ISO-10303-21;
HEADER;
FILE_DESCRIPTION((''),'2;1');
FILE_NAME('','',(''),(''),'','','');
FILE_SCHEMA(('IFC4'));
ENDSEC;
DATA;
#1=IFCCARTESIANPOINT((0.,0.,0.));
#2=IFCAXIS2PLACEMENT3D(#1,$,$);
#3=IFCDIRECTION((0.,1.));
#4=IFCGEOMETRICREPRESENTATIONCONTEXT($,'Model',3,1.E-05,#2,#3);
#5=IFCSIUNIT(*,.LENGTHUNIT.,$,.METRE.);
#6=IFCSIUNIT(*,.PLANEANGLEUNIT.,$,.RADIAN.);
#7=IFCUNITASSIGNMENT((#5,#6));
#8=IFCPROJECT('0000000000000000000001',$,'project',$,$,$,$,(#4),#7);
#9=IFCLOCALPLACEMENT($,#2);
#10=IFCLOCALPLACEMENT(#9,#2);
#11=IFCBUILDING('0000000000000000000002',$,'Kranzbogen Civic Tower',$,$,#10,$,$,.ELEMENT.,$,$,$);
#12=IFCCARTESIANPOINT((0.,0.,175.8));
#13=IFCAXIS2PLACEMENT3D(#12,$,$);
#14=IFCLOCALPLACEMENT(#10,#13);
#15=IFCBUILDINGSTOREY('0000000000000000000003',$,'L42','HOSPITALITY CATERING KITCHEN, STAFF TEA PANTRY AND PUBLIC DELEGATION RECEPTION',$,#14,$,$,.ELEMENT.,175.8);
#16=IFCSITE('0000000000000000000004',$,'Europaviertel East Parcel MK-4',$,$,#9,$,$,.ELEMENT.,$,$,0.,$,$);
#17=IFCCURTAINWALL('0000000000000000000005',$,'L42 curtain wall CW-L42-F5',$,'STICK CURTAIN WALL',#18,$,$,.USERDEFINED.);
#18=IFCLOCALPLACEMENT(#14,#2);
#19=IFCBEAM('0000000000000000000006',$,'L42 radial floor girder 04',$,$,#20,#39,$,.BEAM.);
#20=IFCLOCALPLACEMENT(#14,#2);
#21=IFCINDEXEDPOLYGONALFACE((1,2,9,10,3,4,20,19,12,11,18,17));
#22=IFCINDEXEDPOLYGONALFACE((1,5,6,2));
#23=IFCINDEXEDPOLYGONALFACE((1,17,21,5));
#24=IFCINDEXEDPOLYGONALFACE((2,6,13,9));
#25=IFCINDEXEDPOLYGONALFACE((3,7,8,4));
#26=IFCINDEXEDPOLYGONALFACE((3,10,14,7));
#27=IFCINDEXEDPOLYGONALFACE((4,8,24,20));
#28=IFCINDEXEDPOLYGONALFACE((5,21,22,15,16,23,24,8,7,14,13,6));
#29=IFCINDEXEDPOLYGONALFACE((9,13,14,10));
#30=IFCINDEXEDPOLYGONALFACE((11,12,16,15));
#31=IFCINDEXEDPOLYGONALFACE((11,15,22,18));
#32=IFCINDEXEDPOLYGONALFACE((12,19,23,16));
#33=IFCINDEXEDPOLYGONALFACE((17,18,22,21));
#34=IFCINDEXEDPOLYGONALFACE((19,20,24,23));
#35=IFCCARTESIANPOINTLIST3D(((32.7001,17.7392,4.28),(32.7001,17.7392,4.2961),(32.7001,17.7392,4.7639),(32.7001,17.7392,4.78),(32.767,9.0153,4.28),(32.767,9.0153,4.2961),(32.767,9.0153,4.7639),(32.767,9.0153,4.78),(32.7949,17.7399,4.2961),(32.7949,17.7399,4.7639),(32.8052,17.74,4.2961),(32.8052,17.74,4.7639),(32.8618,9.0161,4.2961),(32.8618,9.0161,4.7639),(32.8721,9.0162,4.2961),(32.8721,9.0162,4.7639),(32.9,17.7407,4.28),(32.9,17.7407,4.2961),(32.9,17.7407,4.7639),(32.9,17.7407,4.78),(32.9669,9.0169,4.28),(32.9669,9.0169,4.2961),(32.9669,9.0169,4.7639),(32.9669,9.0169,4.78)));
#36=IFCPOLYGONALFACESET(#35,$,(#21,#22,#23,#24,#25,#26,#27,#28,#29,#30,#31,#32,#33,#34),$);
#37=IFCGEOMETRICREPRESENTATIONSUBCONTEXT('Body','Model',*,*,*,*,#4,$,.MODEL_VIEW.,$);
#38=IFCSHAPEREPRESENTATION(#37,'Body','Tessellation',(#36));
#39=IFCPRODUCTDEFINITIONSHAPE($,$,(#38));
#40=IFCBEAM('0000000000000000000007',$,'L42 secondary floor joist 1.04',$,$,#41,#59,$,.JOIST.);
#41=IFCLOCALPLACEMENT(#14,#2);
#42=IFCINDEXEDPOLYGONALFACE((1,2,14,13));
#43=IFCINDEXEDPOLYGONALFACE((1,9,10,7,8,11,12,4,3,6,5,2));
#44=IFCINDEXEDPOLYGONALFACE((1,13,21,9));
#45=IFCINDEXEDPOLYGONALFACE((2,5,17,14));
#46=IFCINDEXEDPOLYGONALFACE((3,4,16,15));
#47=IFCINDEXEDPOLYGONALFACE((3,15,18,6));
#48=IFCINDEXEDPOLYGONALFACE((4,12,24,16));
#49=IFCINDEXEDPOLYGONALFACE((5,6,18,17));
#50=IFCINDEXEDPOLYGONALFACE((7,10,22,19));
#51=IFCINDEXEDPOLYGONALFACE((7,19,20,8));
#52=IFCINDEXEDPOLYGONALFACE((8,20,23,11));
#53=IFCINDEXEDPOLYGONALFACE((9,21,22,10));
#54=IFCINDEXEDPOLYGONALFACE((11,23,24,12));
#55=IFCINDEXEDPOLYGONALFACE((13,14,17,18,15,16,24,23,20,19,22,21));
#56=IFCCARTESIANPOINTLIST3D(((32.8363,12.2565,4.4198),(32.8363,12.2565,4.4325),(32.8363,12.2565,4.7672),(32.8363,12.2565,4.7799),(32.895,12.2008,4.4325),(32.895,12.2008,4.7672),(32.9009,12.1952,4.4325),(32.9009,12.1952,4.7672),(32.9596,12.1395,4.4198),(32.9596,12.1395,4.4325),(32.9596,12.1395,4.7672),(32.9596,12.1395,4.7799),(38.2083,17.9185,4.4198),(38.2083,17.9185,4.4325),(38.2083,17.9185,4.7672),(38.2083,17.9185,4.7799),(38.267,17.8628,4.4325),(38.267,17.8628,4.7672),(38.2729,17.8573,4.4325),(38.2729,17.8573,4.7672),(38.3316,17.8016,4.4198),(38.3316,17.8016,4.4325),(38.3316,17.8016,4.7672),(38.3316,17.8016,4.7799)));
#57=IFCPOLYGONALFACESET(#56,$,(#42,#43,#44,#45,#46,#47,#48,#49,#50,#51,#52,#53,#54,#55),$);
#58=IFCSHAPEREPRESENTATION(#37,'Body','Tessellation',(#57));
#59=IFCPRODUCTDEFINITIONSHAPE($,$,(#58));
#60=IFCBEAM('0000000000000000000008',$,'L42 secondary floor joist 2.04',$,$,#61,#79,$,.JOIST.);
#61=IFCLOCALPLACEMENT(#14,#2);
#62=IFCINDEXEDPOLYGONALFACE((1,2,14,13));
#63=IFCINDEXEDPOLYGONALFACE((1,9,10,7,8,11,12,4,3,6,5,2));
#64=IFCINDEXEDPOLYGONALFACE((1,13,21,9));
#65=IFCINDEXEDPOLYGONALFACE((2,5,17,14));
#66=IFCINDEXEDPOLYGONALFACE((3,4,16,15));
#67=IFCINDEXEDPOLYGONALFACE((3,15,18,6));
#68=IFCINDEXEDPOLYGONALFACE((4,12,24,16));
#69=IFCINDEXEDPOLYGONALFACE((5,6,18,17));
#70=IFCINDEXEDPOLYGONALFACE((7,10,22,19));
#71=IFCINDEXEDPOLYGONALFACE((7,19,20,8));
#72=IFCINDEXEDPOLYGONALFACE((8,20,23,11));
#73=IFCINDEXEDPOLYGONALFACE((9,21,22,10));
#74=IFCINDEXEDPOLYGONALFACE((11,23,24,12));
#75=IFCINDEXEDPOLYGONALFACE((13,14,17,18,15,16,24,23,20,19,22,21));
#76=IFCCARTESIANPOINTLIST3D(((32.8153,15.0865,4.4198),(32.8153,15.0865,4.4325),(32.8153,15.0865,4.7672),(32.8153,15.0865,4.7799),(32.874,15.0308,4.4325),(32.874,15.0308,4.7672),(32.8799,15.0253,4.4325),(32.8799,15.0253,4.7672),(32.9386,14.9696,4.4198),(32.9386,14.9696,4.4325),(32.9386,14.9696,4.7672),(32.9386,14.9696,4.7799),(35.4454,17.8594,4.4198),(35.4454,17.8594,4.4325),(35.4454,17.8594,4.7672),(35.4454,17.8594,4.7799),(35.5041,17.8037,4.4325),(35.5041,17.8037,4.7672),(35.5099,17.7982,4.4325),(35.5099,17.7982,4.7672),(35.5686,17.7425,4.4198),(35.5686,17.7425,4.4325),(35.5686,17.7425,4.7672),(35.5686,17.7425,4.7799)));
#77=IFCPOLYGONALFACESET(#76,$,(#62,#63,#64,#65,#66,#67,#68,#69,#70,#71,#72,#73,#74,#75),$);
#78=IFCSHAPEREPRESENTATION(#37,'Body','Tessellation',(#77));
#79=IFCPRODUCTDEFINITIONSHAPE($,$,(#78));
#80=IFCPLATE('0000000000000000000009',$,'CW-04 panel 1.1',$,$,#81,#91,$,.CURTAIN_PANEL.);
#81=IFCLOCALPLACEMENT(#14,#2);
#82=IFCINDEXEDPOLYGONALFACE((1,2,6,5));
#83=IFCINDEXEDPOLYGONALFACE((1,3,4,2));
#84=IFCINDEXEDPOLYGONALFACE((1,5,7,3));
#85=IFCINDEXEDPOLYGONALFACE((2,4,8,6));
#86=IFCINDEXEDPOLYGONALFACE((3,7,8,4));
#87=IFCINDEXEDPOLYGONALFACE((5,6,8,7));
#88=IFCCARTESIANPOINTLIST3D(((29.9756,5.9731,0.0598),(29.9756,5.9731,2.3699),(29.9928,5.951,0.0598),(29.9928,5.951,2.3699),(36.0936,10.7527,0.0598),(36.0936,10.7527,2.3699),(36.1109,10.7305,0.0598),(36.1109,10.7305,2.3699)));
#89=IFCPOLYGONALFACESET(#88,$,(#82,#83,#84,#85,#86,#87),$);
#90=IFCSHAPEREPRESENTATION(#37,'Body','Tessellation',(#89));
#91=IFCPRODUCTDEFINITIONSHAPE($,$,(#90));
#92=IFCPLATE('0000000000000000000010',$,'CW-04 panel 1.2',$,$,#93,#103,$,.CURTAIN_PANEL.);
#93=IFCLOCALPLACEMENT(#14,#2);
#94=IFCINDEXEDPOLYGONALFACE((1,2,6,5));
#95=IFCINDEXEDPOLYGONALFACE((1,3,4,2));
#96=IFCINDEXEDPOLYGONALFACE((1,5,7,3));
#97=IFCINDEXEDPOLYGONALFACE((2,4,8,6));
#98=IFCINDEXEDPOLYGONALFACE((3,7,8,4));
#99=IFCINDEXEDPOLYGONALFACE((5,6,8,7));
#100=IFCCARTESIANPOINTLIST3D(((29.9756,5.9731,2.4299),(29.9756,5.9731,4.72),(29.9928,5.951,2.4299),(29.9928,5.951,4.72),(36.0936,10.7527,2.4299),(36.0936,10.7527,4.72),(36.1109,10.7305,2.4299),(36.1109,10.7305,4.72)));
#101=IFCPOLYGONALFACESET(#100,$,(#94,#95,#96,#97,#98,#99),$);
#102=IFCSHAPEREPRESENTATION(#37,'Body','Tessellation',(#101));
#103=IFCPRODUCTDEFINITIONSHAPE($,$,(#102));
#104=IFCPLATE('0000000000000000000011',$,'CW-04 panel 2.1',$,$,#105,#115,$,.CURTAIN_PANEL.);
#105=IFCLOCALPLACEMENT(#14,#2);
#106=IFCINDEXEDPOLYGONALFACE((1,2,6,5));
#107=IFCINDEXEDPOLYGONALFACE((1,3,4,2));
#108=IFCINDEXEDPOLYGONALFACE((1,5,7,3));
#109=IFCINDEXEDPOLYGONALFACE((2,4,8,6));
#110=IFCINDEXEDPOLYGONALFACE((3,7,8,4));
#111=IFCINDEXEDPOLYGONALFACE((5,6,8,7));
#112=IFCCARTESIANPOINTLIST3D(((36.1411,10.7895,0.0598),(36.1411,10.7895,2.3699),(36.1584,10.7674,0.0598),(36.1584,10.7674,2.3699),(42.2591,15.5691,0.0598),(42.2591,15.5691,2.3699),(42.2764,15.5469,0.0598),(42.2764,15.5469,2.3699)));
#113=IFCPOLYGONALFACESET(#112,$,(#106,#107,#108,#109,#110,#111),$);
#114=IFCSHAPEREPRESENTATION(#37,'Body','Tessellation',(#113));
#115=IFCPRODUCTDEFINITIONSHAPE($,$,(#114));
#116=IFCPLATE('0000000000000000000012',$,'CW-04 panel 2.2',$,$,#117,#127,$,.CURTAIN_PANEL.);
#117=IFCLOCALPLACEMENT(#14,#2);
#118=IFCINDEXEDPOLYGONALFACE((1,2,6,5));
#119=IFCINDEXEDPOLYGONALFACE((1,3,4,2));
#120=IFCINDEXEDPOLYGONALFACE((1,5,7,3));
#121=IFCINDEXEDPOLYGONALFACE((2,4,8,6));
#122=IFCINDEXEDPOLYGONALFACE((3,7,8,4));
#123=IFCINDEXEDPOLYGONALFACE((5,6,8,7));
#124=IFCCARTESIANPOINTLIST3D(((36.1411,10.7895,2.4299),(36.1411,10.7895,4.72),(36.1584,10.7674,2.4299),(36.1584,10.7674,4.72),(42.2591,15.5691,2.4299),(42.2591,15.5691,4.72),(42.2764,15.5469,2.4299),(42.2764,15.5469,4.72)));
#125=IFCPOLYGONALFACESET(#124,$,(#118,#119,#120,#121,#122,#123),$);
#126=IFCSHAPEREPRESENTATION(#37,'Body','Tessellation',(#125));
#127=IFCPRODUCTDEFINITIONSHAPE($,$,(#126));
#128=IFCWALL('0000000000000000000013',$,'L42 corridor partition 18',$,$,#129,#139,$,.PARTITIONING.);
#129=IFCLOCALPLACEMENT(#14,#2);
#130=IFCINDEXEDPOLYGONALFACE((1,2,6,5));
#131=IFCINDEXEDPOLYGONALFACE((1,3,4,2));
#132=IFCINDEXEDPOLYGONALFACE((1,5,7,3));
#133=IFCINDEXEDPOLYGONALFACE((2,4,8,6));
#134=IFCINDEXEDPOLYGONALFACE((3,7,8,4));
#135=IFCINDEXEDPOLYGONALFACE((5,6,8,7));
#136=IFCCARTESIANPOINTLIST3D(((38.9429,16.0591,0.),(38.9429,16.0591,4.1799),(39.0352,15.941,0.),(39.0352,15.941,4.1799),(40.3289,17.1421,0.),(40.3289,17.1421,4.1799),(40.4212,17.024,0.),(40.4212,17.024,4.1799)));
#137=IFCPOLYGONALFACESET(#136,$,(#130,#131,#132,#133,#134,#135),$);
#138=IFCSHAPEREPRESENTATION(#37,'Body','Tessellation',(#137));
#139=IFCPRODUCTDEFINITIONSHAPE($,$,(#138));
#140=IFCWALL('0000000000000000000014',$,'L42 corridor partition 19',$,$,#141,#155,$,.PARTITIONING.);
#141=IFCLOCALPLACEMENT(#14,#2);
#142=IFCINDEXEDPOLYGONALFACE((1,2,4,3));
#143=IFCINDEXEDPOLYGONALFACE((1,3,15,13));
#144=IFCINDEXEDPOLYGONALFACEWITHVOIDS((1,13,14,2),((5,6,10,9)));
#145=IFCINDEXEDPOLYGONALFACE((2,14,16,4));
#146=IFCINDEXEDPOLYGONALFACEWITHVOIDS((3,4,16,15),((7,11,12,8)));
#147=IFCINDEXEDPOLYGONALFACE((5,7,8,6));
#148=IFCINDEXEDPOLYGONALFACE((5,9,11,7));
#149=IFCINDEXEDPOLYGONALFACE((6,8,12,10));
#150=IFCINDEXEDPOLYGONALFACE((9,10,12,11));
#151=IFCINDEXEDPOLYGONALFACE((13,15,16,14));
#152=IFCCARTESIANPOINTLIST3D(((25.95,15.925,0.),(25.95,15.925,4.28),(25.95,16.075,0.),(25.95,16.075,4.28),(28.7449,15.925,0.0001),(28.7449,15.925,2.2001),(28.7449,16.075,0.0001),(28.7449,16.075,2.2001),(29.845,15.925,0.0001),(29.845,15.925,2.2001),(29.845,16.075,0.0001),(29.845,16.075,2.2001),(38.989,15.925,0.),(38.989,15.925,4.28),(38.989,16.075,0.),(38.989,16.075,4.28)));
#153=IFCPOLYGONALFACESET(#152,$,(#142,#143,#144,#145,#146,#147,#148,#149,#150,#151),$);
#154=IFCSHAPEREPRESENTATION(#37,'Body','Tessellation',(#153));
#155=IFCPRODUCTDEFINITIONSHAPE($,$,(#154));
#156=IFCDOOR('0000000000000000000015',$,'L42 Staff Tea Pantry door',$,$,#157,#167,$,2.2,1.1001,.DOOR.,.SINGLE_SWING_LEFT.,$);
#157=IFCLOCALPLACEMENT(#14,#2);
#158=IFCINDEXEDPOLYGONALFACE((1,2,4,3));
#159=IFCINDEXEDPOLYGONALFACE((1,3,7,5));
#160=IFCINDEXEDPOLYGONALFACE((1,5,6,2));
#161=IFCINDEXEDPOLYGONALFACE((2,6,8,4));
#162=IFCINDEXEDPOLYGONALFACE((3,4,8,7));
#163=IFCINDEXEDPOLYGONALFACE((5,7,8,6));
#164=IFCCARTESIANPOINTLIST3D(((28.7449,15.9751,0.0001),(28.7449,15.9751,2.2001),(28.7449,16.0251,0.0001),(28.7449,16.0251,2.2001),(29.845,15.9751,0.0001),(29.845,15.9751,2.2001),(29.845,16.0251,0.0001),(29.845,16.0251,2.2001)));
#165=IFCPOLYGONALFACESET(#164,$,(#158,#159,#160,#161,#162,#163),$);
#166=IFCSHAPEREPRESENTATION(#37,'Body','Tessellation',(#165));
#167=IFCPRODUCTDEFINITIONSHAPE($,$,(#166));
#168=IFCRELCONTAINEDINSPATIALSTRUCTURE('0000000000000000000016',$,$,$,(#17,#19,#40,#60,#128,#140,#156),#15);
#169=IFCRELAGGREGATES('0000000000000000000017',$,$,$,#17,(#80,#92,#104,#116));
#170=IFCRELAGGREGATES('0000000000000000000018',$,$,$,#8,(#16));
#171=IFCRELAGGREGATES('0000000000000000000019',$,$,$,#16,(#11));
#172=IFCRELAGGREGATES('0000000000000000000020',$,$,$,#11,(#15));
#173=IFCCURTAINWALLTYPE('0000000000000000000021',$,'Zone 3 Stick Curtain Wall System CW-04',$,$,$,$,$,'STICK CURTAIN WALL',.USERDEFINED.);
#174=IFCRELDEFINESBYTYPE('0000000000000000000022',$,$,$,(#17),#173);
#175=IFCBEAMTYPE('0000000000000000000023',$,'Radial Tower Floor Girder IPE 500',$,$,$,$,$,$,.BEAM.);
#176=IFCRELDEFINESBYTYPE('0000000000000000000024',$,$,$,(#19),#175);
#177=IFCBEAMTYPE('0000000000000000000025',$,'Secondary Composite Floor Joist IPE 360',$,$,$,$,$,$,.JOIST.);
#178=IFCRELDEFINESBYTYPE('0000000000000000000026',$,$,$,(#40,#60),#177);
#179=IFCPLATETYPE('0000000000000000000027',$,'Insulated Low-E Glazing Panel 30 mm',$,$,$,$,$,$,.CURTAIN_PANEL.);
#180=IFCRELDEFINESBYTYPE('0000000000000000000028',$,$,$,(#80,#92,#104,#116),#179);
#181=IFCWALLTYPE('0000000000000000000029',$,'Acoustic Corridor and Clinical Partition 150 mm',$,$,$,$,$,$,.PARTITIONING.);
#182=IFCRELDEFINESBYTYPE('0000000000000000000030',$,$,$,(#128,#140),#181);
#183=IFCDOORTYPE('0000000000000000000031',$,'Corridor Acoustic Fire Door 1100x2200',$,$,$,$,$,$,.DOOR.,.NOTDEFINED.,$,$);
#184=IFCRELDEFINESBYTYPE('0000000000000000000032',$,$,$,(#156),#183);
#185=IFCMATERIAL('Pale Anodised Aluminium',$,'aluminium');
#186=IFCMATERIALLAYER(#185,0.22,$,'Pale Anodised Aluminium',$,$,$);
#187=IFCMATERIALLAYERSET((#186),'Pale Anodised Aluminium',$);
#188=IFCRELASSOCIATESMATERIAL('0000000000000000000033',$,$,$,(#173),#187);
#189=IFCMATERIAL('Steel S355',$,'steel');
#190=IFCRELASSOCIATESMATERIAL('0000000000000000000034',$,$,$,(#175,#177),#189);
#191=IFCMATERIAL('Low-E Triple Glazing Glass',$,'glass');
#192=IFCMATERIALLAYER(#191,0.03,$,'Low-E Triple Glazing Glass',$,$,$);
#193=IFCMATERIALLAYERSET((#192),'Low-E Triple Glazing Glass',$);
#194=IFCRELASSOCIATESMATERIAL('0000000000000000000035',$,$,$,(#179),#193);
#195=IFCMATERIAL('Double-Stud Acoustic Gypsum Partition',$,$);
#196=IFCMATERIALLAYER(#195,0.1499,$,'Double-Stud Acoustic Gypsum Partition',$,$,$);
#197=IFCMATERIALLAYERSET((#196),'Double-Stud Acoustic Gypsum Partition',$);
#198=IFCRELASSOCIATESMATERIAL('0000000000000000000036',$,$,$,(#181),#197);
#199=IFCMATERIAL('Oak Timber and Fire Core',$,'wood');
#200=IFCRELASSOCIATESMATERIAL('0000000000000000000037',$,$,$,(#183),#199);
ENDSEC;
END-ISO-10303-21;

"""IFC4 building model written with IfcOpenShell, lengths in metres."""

from ifc_helpers import new_model, si_unit, direction, frame, frame_2d, origin, origin_2d, place, context, subcontext, project, spatial, rectangle, i_section, extrude, material, layer, layer_set, material_profile, profile_set, type_object, element, fill, aggregate, save


model = new_model("IFC4")

# Units and contexts
model_context = context("Model", 3, precision=1e-05, world=origin(), true_north=direction((0.0, 1.0)))
body_context = subcontext(model_context, "Body", "Model", "MODEL_VIEW")
ifc_project = project(units=[si_unit("LENGTHUNIT", "METRE"), si_unit("PLANEANGLEUNIT", "RADIAN")], contexts=[model_context])

# Site, building, storey
site_placement = place(None, origin())
site = spatial("IfcSite", under=ifc_project, at=site_placement, Name="Europaviertel East Parcel MK-4", CompositionType="ELEMENT", RefElevation=0.0)
building_placement = place(site_placement, origin())
building = spatial("IfcBuilding", under=site, at=building_placement, Name="Kranzbogen Civic Tower", CompositionType="ELEMENT")
storey_placement = place(building_placement, frame((0.0, 0.0, 175.8)))
storey = spatial("IfcBuildingStorey", under=building, at=storey_placement, Name="L42", Description="HOSPITALITY CATERING KITCHEN, STAFF TEA PANTRY AND PUBLIC DELEGATION RECEPTION", CompositionType="ELEMENT", Elevation=175.8)

# Shared definitions
ifc_material_1 = material(Name="Steel S355", Category="steel")

# Shared definitions
ifc_material_2 = material(Name="Pale Anodised Aluminium", Category="aluminium")

# Curtain wall
ifc_layer_1 = layer(ifc_material_2, 0.22, Name="Pale Anodised Aluminium")
ifc_layer_set_1 = layer_set([ifc_layer_1], Name="Pale Anodised Aluminium")
curtain_wall_type_1 = type_object("IfcCurtainWallType", Name="Zone 3 Stick Curtain Wall System CW-04", ElementType="STICK CURTAIN WALL", PredefinedType="USERDEFINED", material=ifc_layer_set_1)
curtain_wall_1_placement = place(storey_placement, origin())
curtain_wall_1 = element("IfcCurtainWall", 1, at=curtain_wall_1_placement, inside=storey, type_object=curtain_wall_type_1, Name="L42 curtain wall CW-L42-F5", ObjectType="STICK CURTAIN WALL", PredefinedType="USERDEFINED")

# Beams
ifc_material_profile_1 = material_profile(ifc_material_1, i_section(OverallWidth=0.2, OverallDepth=0.5, WebThickness=0.0103, FlangeThickness=0.0161, at=origin_2d()), Name="IPE 500")
ifc_profile_set_1 = profile_set([ifc_material_profile_1], Name="Steel S355")
beam_type_1 = type_object("IfcBeamType", Name="Radial Tower Floor Girder IPE 500", PredefinedType="BEAM", material=ifc_profile_set_1)
beam_1_placement = place(storey_placement, frame((32.8669, 9.0161, 4.53), z_axis=(-0.007668, 0.999971, 0.0), x_axis=(-0.999971, -0.007668, 0.0)))
element("IfcBeam", 2, at=beam_1_placement, inside=storey, type_object=beam_type_1, Name="L42 radial floor girder 04", PredefinedType="BEAM", context=body_context, shape_type="SweptSolid", body=[
    extrude(i_section(OverallWidth=0.2, OverallDepth=0.5, WebThickness=0.0103, FlangeThickness=0.0161, at=origin_2d()), origin(), (0.0, 0.0, 1.0), 8.7241),
])
ifc_material_profile_2 = material_profile(ifc_material_1, i_section(OverallWidth=0.1699, OverallDepth=0.3601, WebThickness=0.0081, FlangeThickness=0.0127, at=origin_2d()), Name="IPE 360")
ifc_profile_set_2 = profile_set([ifc_material_profile_2], Name="Steel S355")
beam_type_2 = type_object("IfcBeamType", Name="Secondary Composite Floor Joist IPE 360", PredefinedType="JOIST", material=ifc_profile_set_2)
beam_2_placement = place(storey_placement, frame((32.8979, 12.198, 4.5999), z_axis=(0.688282, 0.725443, 0.0), x_axis=(-0.725443, 0.688282, 0.0)))
element("IfcBeam", 3, at=beam_2_placement, inside=storey, type_object=beam_type_2, Name="L42 secondary floor joist 1.04", PredefinedType="JOIST", context=body_context, shape_type="SweptSolid", body=[
    extrude(i_section(OverallWidth=0.1699, OverallDepth=0.3601, WebThickness=0.0081, FlangeThickness=0.0127, at=origin_2d()), origin(), (0.0, 0.0, 1.0), 7.8049),
])
beam_3_placement = place(storey_placement, frame((32.877, 15.0281, 4.5999), z_axis=(0.688175, 0.725545, 0.0), x_axis=(-0.725545, 0.688175, 0.0)))
element("IfcBeam", 4, at=beam_3_placement, inside=storey, type_object=beam_type_2, Name="L42 secondary floor joist 2.04", PredefinedType="JOIST", context=body_context, shape_type="SweptSolid", body=[
    extrude(i_section(OverallWidth=0.1699, OverallDepth=0.3601, WebThickness=0.0081, FlangeThickness=0.0127, at=origin_2d()), origin(), (0.0, 0.0, 1.0), 3.8218),
])

# Plates
ifc_material_3 = material(Name="Low-E Triple Glazing Glass", Category="glass")
ifc_layer_2 = layer(ifc_material_3, 0.03, Name="Low-E Triple Glazing Glass")
ifc_layer_set_2 = layer_set([ifc_layer_2], Name="Low-E Triple Glazing Glass")
plate_type = type_object("IfcPlateType", Name="Insulated Low-E Glazing Panel 30 mm", PredefinedType="CURTAIN_PANEL", material=ifc_layer_set_2)
plate_1_placement = place(storey_placement, frame((33.0432, 8.3518, 0.0598), z_axis=(0.0, 0.0, 1.0), x_axis=(0.788034, 0.615632, 0.0)))
plate_1 = element("IfcPlate", 5, at=plate_1_placement, type_object=plate_type, Name="CW-04 panel 1.1", PredefinedType="CURTAIN_PANEL", context=body_context, shape_type="SweptSolid", body=[
    extrude(rectangle(XDim=7.7637, YDim=0.0281, at=origin_2d()), origin(), (0.0, 0.0, 1.0), 2.3101),
])
plate_2_placement = place(storey_placement, frame((33.0432, 8.3518, 2.4299), z_axis=(0.0, 0.0, 1.0), x_axis=(0.788034, 0.615632, 0.0)))
plate_2 = element("IfcPlate", 6, at=plate_2_placement, type_object=plate_type, Name="CW-04 panel 1.2", PredefinedType="CURTAIN_PANEL", context=body_context, shape_type="SweptSolid", body=[
    extrude(rectangle(XDim=7.7637, YDim=0.0281, at=origin_2d()), origin(), (0.0, 0.0, 1.0), 2.29),
])
plate_3_placement = place(storey_placement, frame((39.2087, 13.1682, 0.0598), z_axis=(0.0, 0.0, 1.0), x_axis=(0.788034, 0.615632, 0.0)))
plate_3 = element("IfcPlate", 7, at=plate_3_placement, type_object=plate_type, Name="CW-04 panel 2.1", PredefinedType="CURTAIN_PANEL", context=body_context, shape_type="SweptSolid", body=[
    extrude(rectangle(XDim=7.7637, YDim=0.0281, at=origin_2d()), origin(), (0.0, 0.0, 1.0), 2.3101),
])
plate_4_placement = place(storey_placement, frame((39.2087, 13.1682, 2.4299), z_axis=(0.0, 0.0, 1.0), x_axis=(0.788034, 0.615632, 0.0)))
plate_4 = element("IfcPlate", 8, at=plate_4_placement, type_object=plate_type, Name="CW-04 panel 2.2", PredefinedType="CURTAIN_PANEL", context=body_context, shape_type="SweptSolid", body=[
    extrude(rectangle(XDim=7.7637, YDim=0.0281, at=origin_2d()), origin(), (0.0, 0.0, 1.0), 2.29),
])
aggregate(curtain_wall_1, [plate_1, plate_2, plate_3, plate_4])

# Wall
ifc_material_4 = material(Name="Double-Stud Acoustic Gypsum Partition")
ifc_layer_3 = layer(ifc_material_4, 0.1499, Name="Double-Stud Acoustic Gypsum Partition")
ifc_layer_set_3 = layer_set([ifc_layer_3], Name="Double-Stud Acoustic Gypsum Partition")
wall_type = type_object("IfcWallType", Name="Acoustic Corridor and Clinical Partition 150 mm", PredefinedType="PARTITIONING", material=ifc_layer_set_3)
wall_1_placement = place(storey_placement, frame((40.375, 17.083, 0.0), z_axis=(0.0, 0.0, 1.0), x_axis=(-0.787968, -0.615717, 0.0)))
element("IfcWall", 9, at=wall_1_placement, inside=storey, type_object=wall_type, Name="L42 corridor partition 18", PredefinedType="PARTITIONING", context=body_context, shape_type="SweptSolid", body=[
    extrude(rectangle(XDim=1.759, YDim=0.1499, at=frame_2d((0.8794, 0.0))), origin(), (0.0, 0.0, 1.0), 4.1799),
])

# Wall, opening, door
wall_2_placement = place(storey_placement, frame((38.989, 16.0, 0.0), z_axis=(0.0, 0.0, 1.0), x_axis=(-1.0, 0.0, 0.0)))
wall_2 = element("IfcWall", 10, at=wall_2_placement, inside=storey, type_object=wall_type, Name="L42 corridor partition 19", PredefinedType="PARTITIONING", context=body_context, shape_type="SweptSolid", body=[
    extrude(rectangle(XDim=13.0391, YDim=0.1499, at=frame_2d((6.5195, 0.0))), origin(), (0.0, 0.0, 1.0), 4.28),
])
opening_placement = place(wall_2_placement, frame((9.144, 0.0, 0.0)))
opening = element("IfcOpeningElement", 11, at=opening_placement, cuts=wall_2, PredefinedType="OPENING", context=body_context, shape_type="SweptSolid", body=[
    extrude(rectangle(XDim=1.1001, YDim=2.2, at=frame_2d((0.55, 1.1001))), frame((0.0, 0.085, 0.0), z_axis=(0.0, -1.0, 0.0), x_axis=(1.0, 0.0, 0.0)), (0.0, 0.0, 1.0), 0.1699),
])
ifc_material_5 = material(Name="Oak Timber and Fire Core", Category="wood")
door_type = type_object("IfcDoorType", Name="Corridor Acoustic Fire Door 1100x2200", OperationType="NOTDEFINED", PredefinedType="DOOR", material=ifc_material_5)
door_placement = place(opening_placement, origin())
door = element("IfcDoor", 12, at=door_placement, inside=storey, type_object=door_type, Name="L42 Staff Tea Pantry door", OperationType="SINGLE_SWING_LEFT", OverallHeight=2.2, OverallWidth=1.1001, PredefinedType="DOOR", context=body_context, shape_type="SweptSolid", body=[
    extrude(rectangle(XDim=1.1001, YDim=2.2, at=frame_2d((0.55, 1.1001))), frame((0.0, 0.0249, 0.0), z_axis=(0.0, -1.0, 0.0), x_axis=(1.0, 0.0, 0.0)), (0.0, 0.0, 1.0), 0.05),
])
fill(opening, door)

save(model, "model.ifc")
